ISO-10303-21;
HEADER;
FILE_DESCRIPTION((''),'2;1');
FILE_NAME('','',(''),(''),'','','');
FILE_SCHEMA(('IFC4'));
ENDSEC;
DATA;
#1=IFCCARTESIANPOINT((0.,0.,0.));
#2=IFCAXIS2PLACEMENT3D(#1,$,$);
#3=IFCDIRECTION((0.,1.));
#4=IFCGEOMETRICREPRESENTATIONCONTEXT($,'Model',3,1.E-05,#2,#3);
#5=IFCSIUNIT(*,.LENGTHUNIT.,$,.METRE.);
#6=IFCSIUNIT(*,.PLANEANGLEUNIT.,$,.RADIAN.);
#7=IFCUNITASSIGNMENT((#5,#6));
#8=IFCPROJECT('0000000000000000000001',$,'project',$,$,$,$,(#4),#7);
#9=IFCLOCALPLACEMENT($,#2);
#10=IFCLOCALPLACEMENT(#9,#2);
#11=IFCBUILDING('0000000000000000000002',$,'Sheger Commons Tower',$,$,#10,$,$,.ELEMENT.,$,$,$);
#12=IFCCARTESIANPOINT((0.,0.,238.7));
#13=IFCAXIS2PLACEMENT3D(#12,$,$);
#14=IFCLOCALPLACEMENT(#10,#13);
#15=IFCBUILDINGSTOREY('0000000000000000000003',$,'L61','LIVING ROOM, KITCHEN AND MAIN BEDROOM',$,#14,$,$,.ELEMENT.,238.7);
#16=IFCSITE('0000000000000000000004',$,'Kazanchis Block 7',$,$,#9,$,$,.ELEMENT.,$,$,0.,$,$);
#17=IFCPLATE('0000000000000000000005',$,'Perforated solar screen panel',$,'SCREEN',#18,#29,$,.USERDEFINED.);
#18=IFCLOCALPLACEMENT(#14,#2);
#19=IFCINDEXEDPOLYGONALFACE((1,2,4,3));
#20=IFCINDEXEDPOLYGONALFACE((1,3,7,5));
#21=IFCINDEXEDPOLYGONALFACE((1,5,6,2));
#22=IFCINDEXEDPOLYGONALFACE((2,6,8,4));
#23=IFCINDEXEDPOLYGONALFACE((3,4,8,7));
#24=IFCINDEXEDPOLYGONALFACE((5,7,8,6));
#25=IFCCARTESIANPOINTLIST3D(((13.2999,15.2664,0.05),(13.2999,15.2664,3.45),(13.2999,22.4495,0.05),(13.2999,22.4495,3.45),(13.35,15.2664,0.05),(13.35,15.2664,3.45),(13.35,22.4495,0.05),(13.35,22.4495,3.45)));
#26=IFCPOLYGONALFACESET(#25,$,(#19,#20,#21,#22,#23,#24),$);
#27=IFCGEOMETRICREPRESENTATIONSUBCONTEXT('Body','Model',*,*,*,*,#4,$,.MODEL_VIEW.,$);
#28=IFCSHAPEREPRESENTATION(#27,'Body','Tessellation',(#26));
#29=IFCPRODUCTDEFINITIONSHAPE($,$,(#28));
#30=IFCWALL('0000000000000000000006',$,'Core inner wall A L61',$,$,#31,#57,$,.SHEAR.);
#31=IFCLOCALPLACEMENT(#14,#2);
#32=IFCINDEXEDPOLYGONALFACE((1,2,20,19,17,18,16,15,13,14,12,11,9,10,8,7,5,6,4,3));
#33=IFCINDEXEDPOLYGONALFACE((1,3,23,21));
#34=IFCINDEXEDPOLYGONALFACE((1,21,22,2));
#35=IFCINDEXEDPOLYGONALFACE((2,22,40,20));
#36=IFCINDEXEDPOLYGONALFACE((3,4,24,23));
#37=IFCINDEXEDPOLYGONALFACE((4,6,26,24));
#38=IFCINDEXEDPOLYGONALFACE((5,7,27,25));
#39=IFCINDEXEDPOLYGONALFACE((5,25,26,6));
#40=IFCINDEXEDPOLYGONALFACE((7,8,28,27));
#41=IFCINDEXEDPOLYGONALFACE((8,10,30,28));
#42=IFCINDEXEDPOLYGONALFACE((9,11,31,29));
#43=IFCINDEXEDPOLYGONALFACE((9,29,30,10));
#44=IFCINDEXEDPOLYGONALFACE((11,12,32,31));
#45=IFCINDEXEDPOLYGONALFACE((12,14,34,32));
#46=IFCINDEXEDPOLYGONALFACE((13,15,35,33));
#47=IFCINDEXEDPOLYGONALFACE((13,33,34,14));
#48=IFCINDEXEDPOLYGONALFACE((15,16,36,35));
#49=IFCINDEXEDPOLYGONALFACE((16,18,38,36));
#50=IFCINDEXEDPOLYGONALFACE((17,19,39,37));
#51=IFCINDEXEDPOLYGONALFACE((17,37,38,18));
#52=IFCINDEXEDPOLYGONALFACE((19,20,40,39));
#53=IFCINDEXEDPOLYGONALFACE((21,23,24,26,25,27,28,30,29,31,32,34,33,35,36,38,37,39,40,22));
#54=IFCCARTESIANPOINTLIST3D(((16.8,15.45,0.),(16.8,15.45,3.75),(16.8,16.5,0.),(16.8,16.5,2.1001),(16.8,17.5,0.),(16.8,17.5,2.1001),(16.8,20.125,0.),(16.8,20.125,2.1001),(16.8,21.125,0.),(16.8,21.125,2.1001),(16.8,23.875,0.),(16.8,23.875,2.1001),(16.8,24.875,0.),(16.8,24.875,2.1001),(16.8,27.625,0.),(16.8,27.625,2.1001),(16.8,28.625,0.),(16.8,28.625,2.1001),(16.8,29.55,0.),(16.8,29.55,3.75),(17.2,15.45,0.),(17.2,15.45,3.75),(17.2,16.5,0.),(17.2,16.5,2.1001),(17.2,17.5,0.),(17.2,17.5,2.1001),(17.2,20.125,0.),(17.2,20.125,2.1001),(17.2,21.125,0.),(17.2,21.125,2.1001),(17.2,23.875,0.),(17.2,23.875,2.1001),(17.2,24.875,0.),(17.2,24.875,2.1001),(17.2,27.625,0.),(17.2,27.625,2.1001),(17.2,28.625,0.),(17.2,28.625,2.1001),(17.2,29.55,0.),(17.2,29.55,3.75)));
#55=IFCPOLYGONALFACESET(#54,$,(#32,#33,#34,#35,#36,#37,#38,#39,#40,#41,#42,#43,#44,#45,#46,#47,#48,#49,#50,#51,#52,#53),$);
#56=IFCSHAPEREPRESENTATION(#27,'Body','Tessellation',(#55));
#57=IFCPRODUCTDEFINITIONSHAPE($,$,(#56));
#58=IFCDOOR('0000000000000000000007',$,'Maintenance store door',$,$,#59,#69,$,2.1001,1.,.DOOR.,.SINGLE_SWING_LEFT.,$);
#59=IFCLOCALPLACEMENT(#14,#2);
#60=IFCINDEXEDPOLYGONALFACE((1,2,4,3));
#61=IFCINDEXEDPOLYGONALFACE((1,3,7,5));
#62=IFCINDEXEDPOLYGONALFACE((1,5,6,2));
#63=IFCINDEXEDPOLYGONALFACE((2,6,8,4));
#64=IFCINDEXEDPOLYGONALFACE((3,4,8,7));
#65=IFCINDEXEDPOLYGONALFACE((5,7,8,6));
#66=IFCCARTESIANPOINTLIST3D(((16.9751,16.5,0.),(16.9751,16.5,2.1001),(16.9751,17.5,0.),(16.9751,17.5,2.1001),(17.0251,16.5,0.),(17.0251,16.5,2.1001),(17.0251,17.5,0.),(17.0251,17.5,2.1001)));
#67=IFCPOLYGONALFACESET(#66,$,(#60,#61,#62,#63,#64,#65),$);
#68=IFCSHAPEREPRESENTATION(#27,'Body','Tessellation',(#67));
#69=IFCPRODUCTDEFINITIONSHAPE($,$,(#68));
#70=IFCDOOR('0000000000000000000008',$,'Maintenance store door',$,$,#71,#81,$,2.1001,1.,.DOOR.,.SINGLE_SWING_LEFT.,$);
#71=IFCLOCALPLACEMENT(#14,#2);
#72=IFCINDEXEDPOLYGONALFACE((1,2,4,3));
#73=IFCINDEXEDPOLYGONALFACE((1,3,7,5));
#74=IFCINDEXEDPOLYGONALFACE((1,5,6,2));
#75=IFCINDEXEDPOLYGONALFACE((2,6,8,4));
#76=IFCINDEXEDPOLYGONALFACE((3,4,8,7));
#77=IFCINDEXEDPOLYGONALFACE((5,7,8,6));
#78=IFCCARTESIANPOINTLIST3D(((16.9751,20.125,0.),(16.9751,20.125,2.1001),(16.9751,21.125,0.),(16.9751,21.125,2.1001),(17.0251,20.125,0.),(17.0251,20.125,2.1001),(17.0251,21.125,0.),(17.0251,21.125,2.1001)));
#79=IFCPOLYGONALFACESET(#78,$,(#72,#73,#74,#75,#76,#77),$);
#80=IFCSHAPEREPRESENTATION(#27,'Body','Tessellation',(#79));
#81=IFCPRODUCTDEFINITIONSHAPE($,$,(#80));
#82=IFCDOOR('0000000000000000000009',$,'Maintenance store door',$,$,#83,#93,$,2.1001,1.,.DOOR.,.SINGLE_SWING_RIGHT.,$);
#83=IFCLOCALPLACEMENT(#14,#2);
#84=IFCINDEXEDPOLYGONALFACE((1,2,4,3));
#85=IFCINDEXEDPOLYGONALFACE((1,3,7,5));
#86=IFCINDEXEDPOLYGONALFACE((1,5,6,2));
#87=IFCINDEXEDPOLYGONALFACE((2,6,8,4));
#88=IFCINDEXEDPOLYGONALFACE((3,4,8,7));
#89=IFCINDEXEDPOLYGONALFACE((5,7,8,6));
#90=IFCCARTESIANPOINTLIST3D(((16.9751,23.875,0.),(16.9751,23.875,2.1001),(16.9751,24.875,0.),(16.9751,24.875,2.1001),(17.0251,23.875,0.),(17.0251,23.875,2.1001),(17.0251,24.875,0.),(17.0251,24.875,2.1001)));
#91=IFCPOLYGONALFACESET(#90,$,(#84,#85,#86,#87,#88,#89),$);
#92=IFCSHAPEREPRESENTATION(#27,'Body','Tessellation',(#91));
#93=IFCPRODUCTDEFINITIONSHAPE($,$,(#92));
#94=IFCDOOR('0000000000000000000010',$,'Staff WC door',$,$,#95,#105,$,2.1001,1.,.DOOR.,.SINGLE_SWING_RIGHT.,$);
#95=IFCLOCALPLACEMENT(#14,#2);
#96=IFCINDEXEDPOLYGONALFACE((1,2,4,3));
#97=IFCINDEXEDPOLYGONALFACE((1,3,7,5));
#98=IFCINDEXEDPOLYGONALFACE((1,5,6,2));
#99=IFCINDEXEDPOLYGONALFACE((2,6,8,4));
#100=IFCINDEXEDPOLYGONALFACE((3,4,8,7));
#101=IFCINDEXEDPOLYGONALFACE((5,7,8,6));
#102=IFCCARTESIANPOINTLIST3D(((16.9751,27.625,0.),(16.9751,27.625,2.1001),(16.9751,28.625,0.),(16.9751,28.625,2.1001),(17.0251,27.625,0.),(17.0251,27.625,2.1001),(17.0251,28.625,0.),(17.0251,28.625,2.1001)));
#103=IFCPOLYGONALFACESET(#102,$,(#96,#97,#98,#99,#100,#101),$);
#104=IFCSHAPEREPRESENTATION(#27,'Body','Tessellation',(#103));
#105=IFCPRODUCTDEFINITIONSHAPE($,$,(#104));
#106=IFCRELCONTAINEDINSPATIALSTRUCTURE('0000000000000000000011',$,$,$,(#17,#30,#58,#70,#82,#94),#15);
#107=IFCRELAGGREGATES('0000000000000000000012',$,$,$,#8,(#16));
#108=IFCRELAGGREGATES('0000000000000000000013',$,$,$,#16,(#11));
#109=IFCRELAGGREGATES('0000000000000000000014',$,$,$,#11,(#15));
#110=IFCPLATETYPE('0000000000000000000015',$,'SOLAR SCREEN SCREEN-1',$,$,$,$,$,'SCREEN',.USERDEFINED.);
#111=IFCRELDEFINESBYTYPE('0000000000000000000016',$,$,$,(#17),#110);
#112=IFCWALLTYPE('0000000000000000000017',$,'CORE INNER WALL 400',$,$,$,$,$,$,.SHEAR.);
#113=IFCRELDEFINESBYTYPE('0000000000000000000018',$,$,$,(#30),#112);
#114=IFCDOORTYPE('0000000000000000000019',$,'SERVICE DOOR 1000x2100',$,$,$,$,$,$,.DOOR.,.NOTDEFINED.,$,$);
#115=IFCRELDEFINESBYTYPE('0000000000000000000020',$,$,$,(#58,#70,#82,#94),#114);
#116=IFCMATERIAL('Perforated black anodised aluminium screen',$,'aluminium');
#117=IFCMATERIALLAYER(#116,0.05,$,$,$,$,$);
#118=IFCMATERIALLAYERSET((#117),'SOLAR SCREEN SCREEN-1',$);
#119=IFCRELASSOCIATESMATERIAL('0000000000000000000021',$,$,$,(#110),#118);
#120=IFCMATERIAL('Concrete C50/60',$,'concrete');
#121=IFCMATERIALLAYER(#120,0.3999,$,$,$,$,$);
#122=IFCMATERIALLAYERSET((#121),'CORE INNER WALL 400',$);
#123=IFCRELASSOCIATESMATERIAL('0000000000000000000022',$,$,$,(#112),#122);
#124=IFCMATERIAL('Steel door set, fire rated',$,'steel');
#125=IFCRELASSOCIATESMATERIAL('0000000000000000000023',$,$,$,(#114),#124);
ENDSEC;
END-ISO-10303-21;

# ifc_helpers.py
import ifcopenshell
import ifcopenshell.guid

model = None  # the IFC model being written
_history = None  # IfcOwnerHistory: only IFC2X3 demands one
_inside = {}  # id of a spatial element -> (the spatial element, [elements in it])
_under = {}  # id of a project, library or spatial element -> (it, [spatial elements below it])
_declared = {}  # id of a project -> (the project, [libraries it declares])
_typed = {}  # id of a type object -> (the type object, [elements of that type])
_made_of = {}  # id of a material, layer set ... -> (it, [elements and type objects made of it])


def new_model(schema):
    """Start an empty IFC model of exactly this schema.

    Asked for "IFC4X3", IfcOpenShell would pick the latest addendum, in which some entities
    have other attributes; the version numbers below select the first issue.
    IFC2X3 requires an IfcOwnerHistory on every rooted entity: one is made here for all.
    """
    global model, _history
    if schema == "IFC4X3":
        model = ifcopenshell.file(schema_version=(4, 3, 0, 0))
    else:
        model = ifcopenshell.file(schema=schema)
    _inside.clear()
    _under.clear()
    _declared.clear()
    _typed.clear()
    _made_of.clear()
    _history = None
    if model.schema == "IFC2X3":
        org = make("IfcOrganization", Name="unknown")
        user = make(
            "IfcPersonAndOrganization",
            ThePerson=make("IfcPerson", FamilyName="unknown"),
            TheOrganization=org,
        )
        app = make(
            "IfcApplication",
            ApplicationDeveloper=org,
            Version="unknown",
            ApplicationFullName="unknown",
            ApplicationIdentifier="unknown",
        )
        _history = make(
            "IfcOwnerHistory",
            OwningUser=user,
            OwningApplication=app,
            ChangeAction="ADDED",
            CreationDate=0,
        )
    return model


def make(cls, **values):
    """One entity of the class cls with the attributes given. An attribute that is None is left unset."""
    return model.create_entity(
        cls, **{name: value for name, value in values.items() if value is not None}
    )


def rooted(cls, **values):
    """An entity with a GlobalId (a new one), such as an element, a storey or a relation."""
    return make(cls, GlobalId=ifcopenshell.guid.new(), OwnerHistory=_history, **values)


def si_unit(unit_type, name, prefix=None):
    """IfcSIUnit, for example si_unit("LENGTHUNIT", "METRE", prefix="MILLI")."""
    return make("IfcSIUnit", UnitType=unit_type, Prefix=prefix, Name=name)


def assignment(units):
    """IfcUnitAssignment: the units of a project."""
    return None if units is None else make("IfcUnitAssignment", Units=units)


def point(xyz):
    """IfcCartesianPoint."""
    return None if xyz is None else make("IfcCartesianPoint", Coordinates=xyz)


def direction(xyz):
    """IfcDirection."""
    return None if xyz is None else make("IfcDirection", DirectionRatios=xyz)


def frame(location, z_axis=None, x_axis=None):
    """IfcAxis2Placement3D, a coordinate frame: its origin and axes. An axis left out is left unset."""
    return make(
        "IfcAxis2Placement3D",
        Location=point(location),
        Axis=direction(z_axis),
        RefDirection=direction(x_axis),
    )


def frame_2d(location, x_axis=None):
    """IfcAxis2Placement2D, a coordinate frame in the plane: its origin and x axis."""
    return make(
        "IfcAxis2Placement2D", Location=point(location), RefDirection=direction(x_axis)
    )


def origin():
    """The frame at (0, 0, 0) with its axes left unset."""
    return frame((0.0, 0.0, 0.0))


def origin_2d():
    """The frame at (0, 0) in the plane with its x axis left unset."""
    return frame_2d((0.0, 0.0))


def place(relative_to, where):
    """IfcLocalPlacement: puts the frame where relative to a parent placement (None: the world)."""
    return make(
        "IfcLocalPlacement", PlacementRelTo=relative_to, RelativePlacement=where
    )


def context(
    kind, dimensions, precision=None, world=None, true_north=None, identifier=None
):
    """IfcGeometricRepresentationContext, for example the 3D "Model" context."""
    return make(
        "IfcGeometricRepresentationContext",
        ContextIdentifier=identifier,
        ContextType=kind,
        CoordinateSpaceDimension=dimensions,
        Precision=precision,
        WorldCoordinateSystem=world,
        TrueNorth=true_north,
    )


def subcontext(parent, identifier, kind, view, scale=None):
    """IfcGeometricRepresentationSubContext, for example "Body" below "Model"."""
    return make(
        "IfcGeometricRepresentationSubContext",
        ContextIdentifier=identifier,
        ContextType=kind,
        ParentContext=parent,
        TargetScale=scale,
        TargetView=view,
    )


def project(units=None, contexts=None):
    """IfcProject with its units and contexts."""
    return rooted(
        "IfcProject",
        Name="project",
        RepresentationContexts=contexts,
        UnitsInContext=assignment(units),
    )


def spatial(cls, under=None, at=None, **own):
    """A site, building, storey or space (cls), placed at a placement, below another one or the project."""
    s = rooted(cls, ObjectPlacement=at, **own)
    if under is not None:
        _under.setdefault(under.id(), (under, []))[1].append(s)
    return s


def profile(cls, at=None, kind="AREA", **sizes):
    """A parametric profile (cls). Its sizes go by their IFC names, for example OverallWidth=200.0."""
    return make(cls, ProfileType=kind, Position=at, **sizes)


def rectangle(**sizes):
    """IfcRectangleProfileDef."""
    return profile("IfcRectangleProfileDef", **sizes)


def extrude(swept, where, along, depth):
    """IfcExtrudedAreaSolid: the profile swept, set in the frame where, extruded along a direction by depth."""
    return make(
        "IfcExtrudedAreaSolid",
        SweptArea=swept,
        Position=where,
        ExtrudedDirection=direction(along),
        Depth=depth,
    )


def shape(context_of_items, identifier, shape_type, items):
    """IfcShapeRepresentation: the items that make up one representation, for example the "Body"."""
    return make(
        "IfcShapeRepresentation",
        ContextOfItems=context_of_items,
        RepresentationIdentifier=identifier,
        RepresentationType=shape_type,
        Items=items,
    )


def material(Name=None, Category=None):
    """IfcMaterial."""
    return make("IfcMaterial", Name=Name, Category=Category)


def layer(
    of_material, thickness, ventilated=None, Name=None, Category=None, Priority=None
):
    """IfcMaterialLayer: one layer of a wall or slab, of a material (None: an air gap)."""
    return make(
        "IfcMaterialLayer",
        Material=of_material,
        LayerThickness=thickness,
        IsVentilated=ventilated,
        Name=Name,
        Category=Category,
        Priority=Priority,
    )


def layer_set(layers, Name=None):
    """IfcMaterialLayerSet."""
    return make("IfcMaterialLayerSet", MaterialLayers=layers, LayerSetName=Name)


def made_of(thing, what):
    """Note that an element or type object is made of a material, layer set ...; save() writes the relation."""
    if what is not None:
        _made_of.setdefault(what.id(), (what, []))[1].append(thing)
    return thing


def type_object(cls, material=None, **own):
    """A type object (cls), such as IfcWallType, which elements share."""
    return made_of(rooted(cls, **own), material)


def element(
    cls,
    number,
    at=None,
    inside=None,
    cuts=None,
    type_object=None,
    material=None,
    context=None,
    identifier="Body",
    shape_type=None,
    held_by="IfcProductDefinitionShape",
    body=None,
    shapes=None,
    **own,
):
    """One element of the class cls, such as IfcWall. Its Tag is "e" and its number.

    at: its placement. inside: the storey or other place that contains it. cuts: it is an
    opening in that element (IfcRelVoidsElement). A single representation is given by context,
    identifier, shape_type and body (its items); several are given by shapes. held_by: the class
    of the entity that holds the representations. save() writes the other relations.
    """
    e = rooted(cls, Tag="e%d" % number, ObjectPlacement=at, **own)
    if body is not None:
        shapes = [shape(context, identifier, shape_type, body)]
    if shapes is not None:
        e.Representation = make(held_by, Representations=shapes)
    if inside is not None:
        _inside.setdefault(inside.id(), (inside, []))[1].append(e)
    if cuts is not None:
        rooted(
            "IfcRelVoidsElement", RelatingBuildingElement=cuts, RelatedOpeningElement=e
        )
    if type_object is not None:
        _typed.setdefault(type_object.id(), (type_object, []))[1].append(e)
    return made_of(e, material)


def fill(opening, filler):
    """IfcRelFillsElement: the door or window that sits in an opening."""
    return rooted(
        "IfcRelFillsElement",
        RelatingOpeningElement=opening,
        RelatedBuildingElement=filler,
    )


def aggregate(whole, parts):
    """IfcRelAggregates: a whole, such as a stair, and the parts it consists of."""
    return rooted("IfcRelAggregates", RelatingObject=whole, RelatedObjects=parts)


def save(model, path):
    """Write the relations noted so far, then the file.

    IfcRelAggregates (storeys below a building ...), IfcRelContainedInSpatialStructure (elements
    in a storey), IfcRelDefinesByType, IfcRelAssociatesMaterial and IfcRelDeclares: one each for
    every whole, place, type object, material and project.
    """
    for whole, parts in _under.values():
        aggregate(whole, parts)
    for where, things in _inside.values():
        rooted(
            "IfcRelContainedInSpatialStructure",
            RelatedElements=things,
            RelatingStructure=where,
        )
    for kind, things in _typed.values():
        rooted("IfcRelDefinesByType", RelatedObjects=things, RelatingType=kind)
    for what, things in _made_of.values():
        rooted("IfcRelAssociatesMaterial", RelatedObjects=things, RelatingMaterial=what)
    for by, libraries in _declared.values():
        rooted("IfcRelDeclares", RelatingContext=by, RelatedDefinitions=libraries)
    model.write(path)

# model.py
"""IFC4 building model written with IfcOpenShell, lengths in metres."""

from ifc_helpers import new_model, si_unit, direction, frame, frame_2d, origin, origin_2d, place, context, subcontext, project, spatial, rectangle, extrude, material, layer, layer_set, type_object, element, fill, save


model = new_model("IFC4")

# Units and contexts
model_context = context("Model", 3, precision=1e-05, world=origin(), true_north=direction((0.0, 1.0)))
body_context = subcontext(model_context, "Body", "Model", "MODEL_VIEW")
ifc_project = project(units=[si_unit("LENGTHUNIT", "METRE"), si_unit("PLANEANGLEUNIT", "RADIAN")], contexts=[model_context])

# Site, building, storey
site_placement = place(None, origin())
site = spatial("IfcSite", under=ifc_project, at=site_placement, Name="Kazanchis Block 7", CompositionType="ELEMENT", RefElevation=0.0)
building_placement = place(site_placement, origin())
building = spatial("IfcBuilding", under=site, at=building_placement, Name="Sheger Commons Tower", CompositionType="ELEMENT")
storey_placement = place(building_placement, frame((0.0, 0.0, 238.7)))
storey = spatial("IfcBuildingStorey", under=building, at=storey_placement, Name="L61", Description="LIVING ROOM, KITCHEN AND MAIN BEDROOM", CompositionType="ELEMENT", Elevation=238.7)

# Plate
ifc_material_1 = material(Name="Perforated black anodised aluminium screen", Category="aluminium")
ifc_layer_1 = layer(ifc_material_1, 0.05)
ifc_layer_set_1 = layer_set([ifc_layer_1], Name="SOLAR SCREEN SCREEN-1")
plate_type = type_object("IfcPlateType", Name="SOLAR SCREEN SCREEN-1", ElementType="SCREEN", PredefinedType="USERDEFINED", material=ifc_layer_set_1)
plate_placement = place(storey_placement, frame((13.325, 18.8579, 0.05), z_axis=(0.0, 0.0, 1.0), x_axis=(0.0, -1.0, 0.0)))
element("IfcPlate", 1, at=plate_placement, inside=storey, type_object=plate_type, Name="Perforated solar screen panel", ObjectType="SCREEN", PredefinedType="USERDEFINED", context=body_context, shape_type="SweptSolid", body=[
    extrude(rectangle(XDim=7.1831, YDim=0.05, at=origin_2d()), origin(), (0.0, 0.0, 1.0), 3.3999),
])

# Wall, openings, doors
ifc_material_2 = material(Name="Concrete C50/60", Category="concrete")
ifc_layer_2 = layer(ifc_material_2, 0.3999)
ifc_layer_set_2 = layer_set([ifc_layer_2], Name="CORE INNER WALL 400")
wall_type_1 = type_object("IfcWallType", Name="CORE INNER WALL 400", PredefinedType="SHEAR", material=ifc_layer_set_2)
wall_1_placement = place(storey_placement, frame((17.0, 15.45, 0.0), z_axis=(0.0, 0.0, 1.0), x_axis=(0.0, 1.0, 0.0)))
wall_1 = element("IfcWall", 2, at=wall_1_placement, inside=storey, type_object=wall_type_1, Name="Core inner wall A L61", PredefinedType="SHEAR", context=body_context, shape_type="SweptSolid", body=[
    extrude(rectangle(XDim=14.1001, YDim=0.3999, at=frame_2d((7.05, 0.0))), origin(), (0.0, 0.0, 1.0), 3.75),
])
opening_1_placement = place(wall_1_placement, frame((1.05, 0.0, 0.0)))
opening_1 = element("IfcOpeningElement", 3, at=opening_1_placement, cuts=wall_1, PredefinedType="OPENING", context=body_context, shape_type="SweptSolid", body=[
    extrude(rectangle(XDim=1.0, YDim=2.1001, at=frame_2d((0.5, 1.05))), frame((0.0, 0.21, 0.0), z_axis=(0.0, -1.0, 0.0), x_axis=(1.0, 0.0, 0.0)), (0.0, 0.0, 1.0), 0.4199),
])
opening_2_placement = place(wall_1_placement, frame((4.675, 0.0, 0.0)))
opening_2 = element("IfcOpeningElement", 4, at=opening_2_placement, cuts=wall_1, PredefinedType="OPENING", context=body_context, shape_type="SweptSolid", body=[
    extrude(rectangle(XDim=1.0, YDim=2.1001, at=frame_2d((0.5, 1.05))), frame((0.0, 0.21, 0.0), z_axis=(0.0, -1.0, 0.0), x_axis=(1.0, 0.0, 0.0)), (0.0, 0.0, 1.0), 0.4199),
])
opening_3_placement = place(wall_1_placement, frame((8.425, 0.0, 0.0)))
opening_3 = element("IfcOpeningElement", 5, at=opening_3_placement, cuts=wall_1, PredefinedType="OPENING", context=body_context, shape_type="SweptSolid", body=[
    extrude(rectangle(XDim=1.0, YDim=2.1001, at=frame_2d((0.5, 1.05))), frame((0.0, 0.21, 0.0), z_axis=(0.0, -1.0, 0.0), x_axis=(1.0, 0.0, 0.0)), (0.0, 0.0, 1.0), 0.4199),
])
opening_4_placement = place(wall_1_placement, frame((12.175, 0.0, 0.0)))
opening_4 = element("IfcOpeningElement", 6, at=opening_4_placement, cuts=wall_1, PredefinedType="OPENING", context=body_context, shape_type="SweptSolid", body=[
    extrude(rectangle(XDim=1.0, YDim=2.1001, at=frame_2d((0.5, 1.05))), frame((0.0, 0.21, 0.0), z_axis=(0.0, -1.0, 0.0), x_axis=(1.0, 0.0, 0.0)), (0.0, 0.0, 1.0), 0.4199),
])
ifc_material_3 = material(Name="Steel door set, fire rated", Category="steel")
door_type_1 = type_object("IfcDoorType", Name="SERVICE DOOR 1000x2100", OperationType="NOTDEFINED", PredefinedType="DOOR", material=ifc_material_3)
door_1_placement = place(opening_1_placement, origin())
door_1 = element("IfcDoor", 7, at=door_1_placement, inside=storey, type_object=door_type_1, Name="Maintenance store door", OperationType="SINGLE_SWING_LEFT", OverallHeight=2.1001, OverallWidth=1.0, PredefinedType="DOOR", context=body_context, shape_type="SweptSolid", body=[
    extrude(rectangle(XDim=1.0, YDim=2.1001, at=frame_2d((0.5, 1.05))), frame((0.0, 0.0249, 0.0), z_axis=(0.0, -1.0, 0.0), x_axis=(1.0, 0.0, 0.0)), (0.0, 0.0, 1.0), 0.05),
])
fill(opening_1, door_1)
door_2_placement = place(opening_2_placement, origin())
door_2 = element("IfcDoor", 8, at=door_2_placement, inside=storey, type_object=door_type_1, Name="Maintenance store door", OperationType="SINGLE_SWING_LEFT", OverallHeight=2.1001, OverallWidth=1.0, PredefinedType="DOOR", context=body_context, shape_type="SweptSolid", body=[
    extrude(rectangle(XDim=1.0, YDim=2.1001, at=frame_2d((0.5, 1.05))), frame((0.0, 0.0249, 0.0), z_axis=(0.0, -1.0, 0.0), x_axis=(1.0, 0.0, 0.0)), (0.0, 0.0, 1.0), 0.05),
])
fill(opening_2, door_2)
door_3_placement = place(opening_3_placement, origin())
door_3 = element("IfcDoor", 9, at=door_3_placement, inside=storey, type_object=door_type_1, Name="Maintenance store door", OperationType="SINGLE_SWING_RIGHT", OverallHeight=2.1001, OverallWidth=1.0, PredefinedType="DOOR", context=body_context, shape_type="SweptSolid", body=[
    extrude(rectangle(XDim=1.0, YDim=2.1001, at=frame_2d((0.5, 1.05))), frame((0.0, 0.0249, 0.0), z_axis=(0.0, -1.0, 0.0), x_axis=(1.0, 0.0, 0.0)), (0.0, 0.0, 1.0), 0.05),
])
fill(opening_3, door_3)
door_4_placement = place(opening_4_placement, origin())
door_4 = element("IfcDoor", 10, at=door_4_placement, inside=storey, type_object=door_type_1, Name="Staff WC door", OperationType="SINGLE_SWING_RIGHT", OverallHeight=2.1001, OverallWidth=1.0, PredefinedType="DOOR", context=body_context, shape_type="SweptSolid", body=[
    extrude(rectangle(XDim=1.0, YDim=2.1001, at=frame_2d((0.5, 1.05))), frame((0.0, 0.0249, 0.0), z_axis=(0.0, -1.0, 0.0), x_axis=(1.0, 0.0, 0.0)), (0.0, 0.0, 1.0), 0.05),
])
fill(opening_4, door_4)

save(model, "model.ifc")
